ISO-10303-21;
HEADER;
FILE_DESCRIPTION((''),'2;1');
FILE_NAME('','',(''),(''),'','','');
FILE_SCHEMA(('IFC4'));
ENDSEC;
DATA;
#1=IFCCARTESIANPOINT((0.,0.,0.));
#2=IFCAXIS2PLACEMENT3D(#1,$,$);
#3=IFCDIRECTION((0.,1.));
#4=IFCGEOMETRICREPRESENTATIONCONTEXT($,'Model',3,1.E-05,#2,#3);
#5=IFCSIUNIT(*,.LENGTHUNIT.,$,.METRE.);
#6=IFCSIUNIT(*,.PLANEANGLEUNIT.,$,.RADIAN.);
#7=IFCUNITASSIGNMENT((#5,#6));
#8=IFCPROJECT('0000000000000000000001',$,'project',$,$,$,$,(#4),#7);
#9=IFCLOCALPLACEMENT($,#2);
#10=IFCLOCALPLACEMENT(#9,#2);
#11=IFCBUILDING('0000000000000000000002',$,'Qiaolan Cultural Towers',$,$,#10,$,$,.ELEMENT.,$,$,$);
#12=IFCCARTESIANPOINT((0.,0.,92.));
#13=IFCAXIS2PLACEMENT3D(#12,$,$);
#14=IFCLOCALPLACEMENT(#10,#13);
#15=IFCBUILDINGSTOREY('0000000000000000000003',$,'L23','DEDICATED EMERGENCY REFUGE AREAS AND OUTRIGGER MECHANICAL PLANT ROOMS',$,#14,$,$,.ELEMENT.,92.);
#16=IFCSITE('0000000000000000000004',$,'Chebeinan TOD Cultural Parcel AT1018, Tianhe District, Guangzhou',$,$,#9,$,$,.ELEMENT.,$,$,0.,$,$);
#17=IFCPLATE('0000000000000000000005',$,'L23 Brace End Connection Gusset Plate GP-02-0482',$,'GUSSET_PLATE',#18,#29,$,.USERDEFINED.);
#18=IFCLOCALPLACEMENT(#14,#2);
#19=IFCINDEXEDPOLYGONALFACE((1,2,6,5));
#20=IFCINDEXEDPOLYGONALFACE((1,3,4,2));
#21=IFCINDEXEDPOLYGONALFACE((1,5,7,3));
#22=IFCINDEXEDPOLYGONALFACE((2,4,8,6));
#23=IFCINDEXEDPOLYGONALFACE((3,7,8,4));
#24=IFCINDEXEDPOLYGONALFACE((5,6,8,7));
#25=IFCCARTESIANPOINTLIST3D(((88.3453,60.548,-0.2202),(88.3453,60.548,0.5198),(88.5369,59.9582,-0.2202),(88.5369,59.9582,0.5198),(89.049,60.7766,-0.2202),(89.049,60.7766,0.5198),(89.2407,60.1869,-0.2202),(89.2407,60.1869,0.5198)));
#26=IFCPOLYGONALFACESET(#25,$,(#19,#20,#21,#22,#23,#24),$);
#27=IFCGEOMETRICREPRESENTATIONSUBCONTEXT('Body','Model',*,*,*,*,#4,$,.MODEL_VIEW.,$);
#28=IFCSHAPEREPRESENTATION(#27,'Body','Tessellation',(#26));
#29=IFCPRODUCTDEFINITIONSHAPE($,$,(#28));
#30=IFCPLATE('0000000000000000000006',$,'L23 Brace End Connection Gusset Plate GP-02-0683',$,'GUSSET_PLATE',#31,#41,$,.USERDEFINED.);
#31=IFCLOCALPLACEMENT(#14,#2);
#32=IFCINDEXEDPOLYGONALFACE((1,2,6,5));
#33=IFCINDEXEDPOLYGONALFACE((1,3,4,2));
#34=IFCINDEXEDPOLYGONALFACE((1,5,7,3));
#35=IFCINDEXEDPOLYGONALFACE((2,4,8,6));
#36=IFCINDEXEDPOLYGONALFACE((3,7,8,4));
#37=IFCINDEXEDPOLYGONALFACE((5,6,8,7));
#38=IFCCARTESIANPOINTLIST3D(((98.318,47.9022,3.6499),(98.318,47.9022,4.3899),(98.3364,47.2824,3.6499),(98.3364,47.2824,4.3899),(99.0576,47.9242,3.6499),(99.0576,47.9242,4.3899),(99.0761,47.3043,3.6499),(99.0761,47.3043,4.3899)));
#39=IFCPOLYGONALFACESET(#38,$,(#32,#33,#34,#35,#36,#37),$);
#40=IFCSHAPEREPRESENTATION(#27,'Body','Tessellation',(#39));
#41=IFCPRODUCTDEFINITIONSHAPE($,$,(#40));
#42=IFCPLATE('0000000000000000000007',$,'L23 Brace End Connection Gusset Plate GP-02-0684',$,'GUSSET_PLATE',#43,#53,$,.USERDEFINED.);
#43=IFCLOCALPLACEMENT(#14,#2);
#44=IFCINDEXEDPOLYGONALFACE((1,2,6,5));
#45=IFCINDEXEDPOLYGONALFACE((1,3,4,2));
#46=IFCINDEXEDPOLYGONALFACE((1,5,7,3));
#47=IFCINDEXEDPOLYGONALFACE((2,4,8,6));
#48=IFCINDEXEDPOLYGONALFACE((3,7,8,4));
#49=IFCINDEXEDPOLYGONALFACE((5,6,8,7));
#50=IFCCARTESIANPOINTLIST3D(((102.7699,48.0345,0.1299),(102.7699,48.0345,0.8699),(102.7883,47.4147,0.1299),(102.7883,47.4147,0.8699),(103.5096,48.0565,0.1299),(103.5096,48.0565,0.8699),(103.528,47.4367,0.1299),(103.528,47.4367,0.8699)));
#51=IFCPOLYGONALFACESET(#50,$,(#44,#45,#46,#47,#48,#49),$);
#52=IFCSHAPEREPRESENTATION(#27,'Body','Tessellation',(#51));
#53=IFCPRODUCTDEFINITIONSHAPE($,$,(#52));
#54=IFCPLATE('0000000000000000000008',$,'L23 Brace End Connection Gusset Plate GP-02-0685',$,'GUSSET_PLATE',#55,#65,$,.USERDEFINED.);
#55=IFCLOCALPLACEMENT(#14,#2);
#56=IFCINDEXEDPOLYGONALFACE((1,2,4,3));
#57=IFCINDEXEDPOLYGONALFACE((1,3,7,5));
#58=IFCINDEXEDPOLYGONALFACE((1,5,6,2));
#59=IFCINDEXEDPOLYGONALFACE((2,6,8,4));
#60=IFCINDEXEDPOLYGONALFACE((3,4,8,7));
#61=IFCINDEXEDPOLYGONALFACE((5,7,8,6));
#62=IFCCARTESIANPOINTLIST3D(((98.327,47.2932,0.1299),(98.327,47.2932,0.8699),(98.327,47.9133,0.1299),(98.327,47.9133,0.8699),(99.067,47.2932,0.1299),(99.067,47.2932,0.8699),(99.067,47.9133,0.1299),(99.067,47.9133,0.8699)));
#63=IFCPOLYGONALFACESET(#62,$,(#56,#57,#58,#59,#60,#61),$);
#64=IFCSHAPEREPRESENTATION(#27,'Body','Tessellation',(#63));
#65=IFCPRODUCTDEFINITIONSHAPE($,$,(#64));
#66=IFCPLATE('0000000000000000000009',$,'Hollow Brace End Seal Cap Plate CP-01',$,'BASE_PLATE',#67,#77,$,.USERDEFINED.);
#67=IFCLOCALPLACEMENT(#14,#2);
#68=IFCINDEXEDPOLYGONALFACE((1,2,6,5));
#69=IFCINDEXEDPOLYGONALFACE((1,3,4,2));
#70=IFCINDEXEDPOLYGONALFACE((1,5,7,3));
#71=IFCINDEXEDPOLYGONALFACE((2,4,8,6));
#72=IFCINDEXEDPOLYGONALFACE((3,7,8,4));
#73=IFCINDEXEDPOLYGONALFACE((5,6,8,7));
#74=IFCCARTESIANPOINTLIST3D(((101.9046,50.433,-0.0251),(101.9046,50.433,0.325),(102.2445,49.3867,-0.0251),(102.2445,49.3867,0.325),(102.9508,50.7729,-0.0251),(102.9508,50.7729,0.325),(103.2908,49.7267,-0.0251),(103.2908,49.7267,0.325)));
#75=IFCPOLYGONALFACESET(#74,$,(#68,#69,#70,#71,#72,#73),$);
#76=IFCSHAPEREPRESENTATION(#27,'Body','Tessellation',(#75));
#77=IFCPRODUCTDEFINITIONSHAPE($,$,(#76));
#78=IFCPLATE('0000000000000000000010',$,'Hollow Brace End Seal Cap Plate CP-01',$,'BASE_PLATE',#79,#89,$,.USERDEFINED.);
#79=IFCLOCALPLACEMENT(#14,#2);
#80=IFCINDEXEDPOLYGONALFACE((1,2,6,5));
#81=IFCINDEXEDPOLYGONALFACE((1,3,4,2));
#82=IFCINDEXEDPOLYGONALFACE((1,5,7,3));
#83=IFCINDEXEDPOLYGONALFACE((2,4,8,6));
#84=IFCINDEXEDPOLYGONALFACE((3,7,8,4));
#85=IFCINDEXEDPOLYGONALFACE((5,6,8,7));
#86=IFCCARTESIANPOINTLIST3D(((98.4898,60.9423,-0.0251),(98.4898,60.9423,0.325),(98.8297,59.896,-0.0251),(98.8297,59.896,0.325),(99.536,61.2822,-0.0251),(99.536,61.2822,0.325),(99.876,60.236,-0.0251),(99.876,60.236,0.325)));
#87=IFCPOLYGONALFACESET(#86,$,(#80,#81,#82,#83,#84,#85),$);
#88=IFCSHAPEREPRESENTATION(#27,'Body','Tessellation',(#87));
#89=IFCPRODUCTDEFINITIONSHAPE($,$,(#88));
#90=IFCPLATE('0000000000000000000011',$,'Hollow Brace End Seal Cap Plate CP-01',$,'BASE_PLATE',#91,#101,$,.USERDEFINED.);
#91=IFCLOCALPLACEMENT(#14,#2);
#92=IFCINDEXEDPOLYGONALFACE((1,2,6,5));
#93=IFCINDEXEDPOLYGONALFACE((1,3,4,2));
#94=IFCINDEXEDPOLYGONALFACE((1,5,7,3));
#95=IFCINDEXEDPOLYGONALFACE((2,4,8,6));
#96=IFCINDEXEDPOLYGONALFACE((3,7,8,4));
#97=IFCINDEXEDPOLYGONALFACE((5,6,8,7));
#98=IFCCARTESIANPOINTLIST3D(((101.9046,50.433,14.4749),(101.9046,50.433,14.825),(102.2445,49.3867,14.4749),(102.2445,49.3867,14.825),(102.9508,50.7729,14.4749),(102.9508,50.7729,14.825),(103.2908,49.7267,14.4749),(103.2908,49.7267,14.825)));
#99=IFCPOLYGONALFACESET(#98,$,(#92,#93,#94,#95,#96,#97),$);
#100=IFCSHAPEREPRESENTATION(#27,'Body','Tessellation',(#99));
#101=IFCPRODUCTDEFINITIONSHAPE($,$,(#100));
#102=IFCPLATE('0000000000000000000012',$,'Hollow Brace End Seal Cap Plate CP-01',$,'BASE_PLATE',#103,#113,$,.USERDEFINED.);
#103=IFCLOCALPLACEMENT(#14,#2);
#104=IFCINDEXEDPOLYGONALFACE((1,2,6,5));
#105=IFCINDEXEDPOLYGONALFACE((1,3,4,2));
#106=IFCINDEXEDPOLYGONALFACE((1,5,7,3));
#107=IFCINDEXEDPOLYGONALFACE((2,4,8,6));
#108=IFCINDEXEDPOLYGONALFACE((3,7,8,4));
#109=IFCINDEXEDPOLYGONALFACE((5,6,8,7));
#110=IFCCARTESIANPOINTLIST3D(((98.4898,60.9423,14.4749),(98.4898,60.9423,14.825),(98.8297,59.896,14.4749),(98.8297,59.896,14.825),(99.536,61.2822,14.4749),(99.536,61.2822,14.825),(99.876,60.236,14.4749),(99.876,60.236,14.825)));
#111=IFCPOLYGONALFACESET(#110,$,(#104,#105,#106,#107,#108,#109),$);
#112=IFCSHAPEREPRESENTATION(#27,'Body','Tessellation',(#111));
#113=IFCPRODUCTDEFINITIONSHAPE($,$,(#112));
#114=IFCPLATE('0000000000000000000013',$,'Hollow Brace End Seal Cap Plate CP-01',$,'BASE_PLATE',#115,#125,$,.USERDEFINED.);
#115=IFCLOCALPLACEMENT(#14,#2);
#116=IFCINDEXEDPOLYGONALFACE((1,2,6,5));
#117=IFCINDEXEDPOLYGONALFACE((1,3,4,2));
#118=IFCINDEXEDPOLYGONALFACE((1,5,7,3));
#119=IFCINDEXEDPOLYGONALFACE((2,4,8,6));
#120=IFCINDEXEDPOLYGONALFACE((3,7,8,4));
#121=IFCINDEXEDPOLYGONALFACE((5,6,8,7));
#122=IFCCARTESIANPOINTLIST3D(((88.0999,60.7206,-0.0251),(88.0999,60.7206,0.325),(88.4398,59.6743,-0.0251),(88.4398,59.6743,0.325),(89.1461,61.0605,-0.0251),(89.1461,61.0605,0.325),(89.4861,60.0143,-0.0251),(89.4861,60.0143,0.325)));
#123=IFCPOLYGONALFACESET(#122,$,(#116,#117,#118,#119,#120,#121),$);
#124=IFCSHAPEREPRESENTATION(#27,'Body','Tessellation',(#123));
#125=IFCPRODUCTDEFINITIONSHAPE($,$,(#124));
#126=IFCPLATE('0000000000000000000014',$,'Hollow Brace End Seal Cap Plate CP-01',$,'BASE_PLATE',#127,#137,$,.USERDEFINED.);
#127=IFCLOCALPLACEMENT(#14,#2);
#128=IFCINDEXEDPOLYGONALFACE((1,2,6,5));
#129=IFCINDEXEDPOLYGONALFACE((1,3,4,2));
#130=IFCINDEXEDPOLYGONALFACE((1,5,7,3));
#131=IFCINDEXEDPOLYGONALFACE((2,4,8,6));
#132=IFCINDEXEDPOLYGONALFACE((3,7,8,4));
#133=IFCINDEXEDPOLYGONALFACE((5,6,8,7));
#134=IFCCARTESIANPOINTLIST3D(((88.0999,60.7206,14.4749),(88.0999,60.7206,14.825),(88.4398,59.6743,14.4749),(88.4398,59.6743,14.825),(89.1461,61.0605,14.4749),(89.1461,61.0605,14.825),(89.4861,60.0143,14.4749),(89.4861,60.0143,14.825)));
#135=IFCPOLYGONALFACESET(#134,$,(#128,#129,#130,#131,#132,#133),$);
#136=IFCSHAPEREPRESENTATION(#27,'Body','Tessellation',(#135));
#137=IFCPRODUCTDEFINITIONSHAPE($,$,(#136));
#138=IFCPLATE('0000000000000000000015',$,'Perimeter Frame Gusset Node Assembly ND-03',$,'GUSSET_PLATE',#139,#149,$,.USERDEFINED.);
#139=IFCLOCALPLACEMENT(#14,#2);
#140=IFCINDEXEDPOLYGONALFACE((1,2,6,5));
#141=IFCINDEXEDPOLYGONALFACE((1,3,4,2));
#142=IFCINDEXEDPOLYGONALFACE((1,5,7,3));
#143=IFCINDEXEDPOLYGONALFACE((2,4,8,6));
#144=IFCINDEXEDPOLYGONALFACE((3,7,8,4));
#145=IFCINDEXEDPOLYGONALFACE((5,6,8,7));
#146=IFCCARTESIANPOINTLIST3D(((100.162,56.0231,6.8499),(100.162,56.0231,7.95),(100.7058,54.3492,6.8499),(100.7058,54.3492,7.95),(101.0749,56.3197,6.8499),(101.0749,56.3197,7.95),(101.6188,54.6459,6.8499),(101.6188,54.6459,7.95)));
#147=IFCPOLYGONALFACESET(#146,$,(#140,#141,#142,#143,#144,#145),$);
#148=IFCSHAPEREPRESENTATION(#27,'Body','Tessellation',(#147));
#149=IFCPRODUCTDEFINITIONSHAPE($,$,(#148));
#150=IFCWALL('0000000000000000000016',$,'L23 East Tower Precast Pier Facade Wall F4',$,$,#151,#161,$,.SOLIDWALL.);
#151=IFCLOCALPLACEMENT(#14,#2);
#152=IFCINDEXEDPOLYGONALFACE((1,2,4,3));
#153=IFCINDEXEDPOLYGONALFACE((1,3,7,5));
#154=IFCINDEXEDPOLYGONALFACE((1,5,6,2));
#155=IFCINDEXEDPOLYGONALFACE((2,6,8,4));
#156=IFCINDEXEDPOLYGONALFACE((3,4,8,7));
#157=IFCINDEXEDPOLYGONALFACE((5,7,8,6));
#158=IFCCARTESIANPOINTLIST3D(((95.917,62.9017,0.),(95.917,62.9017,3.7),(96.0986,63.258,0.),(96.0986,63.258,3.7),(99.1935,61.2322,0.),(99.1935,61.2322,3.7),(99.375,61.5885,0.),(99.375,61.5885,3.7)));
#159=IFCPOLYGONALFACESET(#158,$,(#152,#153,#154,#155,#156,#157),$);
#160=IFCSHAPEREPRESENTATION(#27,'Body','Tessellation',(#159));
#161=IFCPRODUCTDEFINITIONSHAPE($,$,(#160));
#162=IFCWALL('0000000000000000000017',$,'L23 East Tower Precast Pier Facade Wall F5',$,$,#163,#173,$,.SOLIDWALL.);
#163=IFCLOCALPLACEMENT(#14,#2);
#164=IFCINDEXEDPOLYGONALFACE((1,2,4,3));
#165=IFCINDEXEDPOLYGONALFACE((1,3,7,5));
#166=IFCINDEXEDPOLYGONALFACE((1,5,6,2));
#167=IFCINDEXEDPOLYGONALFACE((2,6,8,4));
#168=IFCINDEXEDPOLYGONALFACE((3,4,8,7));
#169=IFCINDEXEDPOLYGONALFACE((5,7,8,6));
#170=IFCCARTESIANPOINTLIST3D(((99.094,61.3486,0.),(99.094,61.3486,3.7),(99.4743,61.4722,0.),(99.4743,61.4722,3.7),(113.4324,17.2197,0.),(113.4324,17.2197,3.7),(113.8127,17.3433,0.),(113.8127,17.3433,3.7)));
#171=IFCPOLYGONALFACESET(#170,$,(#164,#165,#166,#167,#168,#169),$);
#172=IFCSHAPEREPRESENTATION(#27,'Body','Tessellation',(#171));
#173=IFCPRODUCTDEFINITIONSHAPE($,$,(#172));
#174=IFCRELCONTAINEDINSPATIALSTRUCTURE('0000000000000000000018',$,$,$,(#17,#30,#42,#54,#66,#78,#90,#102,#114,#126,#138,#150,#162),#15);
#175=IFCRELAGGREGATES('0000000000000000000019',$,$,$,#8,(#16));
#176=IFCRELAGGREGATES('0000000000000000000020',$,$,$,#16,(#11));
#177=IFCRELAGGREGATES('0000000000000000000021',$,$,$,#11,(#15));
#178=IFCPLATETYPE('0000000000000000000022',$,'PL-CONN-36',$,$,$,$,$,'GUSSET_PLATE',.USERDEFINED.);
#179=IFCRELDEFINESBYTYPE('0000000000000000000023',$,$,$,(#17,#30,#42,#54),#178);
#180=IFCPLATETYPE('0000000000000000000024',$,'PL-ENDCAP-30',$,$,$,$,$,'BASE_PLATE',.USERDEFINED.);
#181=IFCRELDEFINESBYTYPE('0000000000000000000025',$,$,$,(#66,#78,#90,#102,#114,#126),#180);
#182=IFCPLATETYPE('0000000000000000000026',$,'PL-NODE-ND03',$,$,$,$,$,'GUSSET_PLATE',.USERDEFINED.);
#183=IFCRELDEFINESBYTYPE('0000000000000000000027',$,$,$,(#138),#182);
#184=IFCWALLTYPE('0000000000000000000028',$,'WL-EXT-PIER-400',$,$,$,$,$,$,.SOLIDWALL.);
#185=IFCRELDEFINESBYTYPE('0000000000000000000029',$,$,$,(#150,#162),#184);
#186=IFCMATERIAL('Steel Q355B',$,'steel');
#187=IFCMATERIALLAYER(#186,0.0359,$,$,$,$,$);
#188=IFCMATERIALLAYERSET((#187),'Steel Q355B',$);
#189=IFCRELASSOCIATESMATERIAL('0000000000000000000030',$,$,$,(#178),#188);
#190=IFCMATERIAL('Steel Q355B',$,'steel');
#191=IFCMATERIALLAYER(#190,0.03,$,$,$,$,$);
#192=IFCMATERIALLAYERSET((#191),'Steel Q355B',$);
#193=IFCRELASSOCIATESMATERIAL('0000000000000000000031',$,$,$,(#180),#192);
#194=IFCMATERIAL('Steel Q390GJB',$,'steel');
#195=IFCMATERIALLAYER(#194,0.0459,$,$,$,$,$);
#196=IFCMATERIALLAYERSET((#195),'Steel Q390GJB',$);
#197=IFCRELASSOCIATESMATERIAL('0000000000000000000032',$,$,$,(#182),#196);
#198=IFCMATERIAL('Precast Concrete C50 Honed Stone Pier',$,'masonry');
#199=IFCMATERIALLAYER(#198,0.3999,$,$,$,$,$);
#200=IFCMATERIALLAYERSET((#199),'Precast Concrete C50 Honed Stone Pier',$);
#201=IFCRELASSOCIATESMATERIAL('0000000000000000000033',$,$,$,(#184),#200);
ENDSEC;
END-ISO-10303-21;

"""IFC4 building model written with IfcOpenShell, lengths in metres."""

from ifc_helpers import new_model, si_unit, direction, frame, frame_2d, origin, origin_2d, place, context, subcontext, project, spatial, rectangle, extrude, material, layer, layer_set, type_object, element, save


model = new_model("IFC4")

# Units and contexts
model_context = context("Model", 3, precision=1e-05, world=origin(), true_north=direction((0.0, 1.0)))
body_context = subcontext(model_context, "Body", "Model", "MODEL_VIEW")
ifc_project = project(units=[si_unit("LENGTHUNIT", "METRE"), si_unit("PLANEANGLEUNIT", "RADIAN")], contexts=[model_context])

# Site, building, storey
site_placement = place(None, origin())
site = spatial("IfcSite", under=ifc_project, at=site_placement, Name="Chebeinan TOD Cultural Parcel AT1018, Tianhe District, Guangzhou", CompositionType="ELEMENT", RefElevation=0.0)
building_placement = place(site_placement, origin())
building = spatial("IfcBuilding", under=site, at=building_placement, Name="Qiaolan Cultural Towers", CompositionType="ELEMENT")
storey_placement = place(building_placement, frame((0.0, 0.0, 92.0)))
storey = spatial("IfcBuildingStorey", under=building, at=storey_placement, Name="L23", Description="DEDICATED EMERGENCY REFUGE AREAS AND OUTRIGGER MECHANICAL PLANT ROOMS", CompositionType="ELEMENT", Elevation=92.0)

# Plates
ifc_material_1 = material(Name="Steel Q355B", Category="steel")
ifc_layer_1 = layer(ifc_material_1, 0.0359)
ifc_layer_set_1 = layer_set([ifc_layer_1], Name="Steel Q355B")
plate_type_1 = type_object("IfcPlateType", Name="PL-CONN-36", ElementType="GUSSET_PLATE", PredefinedType="USERDEFINED", material=ifc_layer_set_1)
for number, where, z_axis, x_axis, name in (
    (1, (88.793, 60.3674, -0.2202), (0.0, 0.0, 1.0), (0.951057, 0.309017, 0.0), "L23 Brace End Connection Gusset Plate GP-02-0482"),
    (2, (98.697, 47.6033, 3.6499), (0.0, 0.0, 1.0), (0.999559, 0.029687, 0.0), "L23 Brace End Connection Gusset Plate GP-02-0683"),
    (3, (103.1489, 47.7356, 0.1299), (0.0, 0.0, 1.0), (0.999559, 0.029687, 0.0), "L23 Brace End Connection Gusset Plate GP-02-0684"),
    (4, (98.697, 47.6033, 0.1299), (0.0, 0.0, 1.0), (1.0, 0.0, 0.0), "L23 Brace End Connection Gusset Plate GP-02-0685"),
):
    element("IfcPlate", number, at=place(storey_placement, frame(where, z_axis=z_axis, x_axis=x_axis)), inside=storey, type_object=plate_type_1, Name=name, ObjectType="GUSSET_PLATE", PredefinedType="USERDEFINED", context=body_context, shape_type="SweptSolid", body=[
        extrude(rectangle(XDim=0.74, YDim=0.6201, at=origin_2d()), origin(), (0.0, 0.0, 1.0), 0.74),
    ])
ifc_material_2 = material(Name="Steel Q355B", Category="steel")
ifc_layer_2 = layer(ifc_material_2, 0.03)
ifc_layer_set_2 = layer_set([ifc_layer_2], Name="Steel Q355B")
plate_type_2 = type_object("IfcPlateType", Name="PL-ENDCAP-30", ElementType="BASE_PLATE", PredefinedType="USERDEFINED", material=ifc_layer_set_2)
for number, where, z_axis, x_axis, name in (
    (5, (102.5977, 50.0798, -0.0251), (0.0, 0.0, 1.0), (-0.309017, 0.951057, 0.0), "Hollow Brace End Seal Cap Plate CP-01"),
    (6, (99.1829, 60.5891, -0.0251), (0.0, 0.0, 1.0), (-0.309017, 0.951057, 0.0), "Hollow Brace End Seal Cap Plate CP-01"),
    (7, (102.5977, 50.0798, 14.4749), (0.0, 0.0, 1.0), (-0.309017, 0.951057, 0.0), "Hollow Brace End Seal Cap Plate CP-01"),
    (8, (99.1829, 60.5891, 14.4749), (0.0, 0.0, 1.0), (-0.309017, 0.951057, 0.0), "Hollow Brace End Seal Cap Plate CP-01"),
    (9, (88.793, 60.3674, -0.0251), (0.0, 0.0, 1.0), (0.951057, 0.309017, 0.0), "Hollow Brace End Seal Cap Plate CP-01"),
    (10, (88.793, 60.3674, 14.4749), (0.0, 0.0, 1.0), (0.951057, 0.309017, 0.0), "Hollow Brace End Seal Cap Plate CP-01"),
):
    element("IfcPlate", number, at=place(storey_placement, frame(where, z_axis=z_axis, x_axis=x_axis)), inside=storey, type_object=plate_type_2, Name=name, ObjectType="BASE_PLATE", PredefinedType="USERDEFINED", context=body_context, shape_type="SweptSolid", body=[
        extrude(rectangle(XDim=1.1001, YDim=1.1001, at=origin_2d()), origin(), (0.0, 0.0, 1.0), 0.3501),
    ])
ifc_material_3 = material(Name="Steel Q390GJB", Category="steel")
ifc_layer_3 = layer(ifc_material_3, 0.0459)
ifc_layer_set_3 = layer_set([ifc_layer_3], Name="Steel Q390GJB")
plate_type_3 = type_object("IfcPlateType", Name="PL-NODE-ND03", ElementType="GUSSET_PLATE", PredefinedType="USERDEFINED", material=ifc_layer_set_3)
plate_placement = place(storey_placement, frame((100.8904, 55.3345, 6.8499), z_axis=(0.0, 0.0, 1.0), x_axis=(-0.309017, 0.951057, 0.0)))
element("IfcPlate", 11, at=plate_placement, inside=storey, type_object=plate_type_3, Name="Perimeter Frame Gusset Node Assembly ND-03", ObjectType="GUSSET_PLATE", PredefinedType="USERDEFINED", context=body_context, shape_type="SweptSolid", body=[
    extrude(rectangle(XDim=1.76, YDim=0.96, at=origin_2d()), origin(), (0.0, 0.0, 1.0), 1.1001),
])

# Walls
ifc_material_4 = material(Name="Precast Concrete C50 Honed Stone Pier", Category="masonry")
ifc_layer_4 = layer(ifc_material_4, 0.3999)
ifc_layer_set_4 = layer_set([ifc_layer_4], Name="Precast Concrete C50 Honed Stone Pier")
wall_type_1 = type_object("IfcWallType", Name="WL-EXT-PIER-400", PredefinedType="SOLIDWALL", material=ifc_layer_set_4)
wall_1_placement = place(storey_placement, frame((96.0078, 63.0798, 0.0), z_axis=(0.0, 0.0, 1.0), x_axis=(0.891002, -0.453999, 0.0)))
element("IfcWall", 12, at=wall_1_placement, inside=storey, type_object=wall_type_1, Name="L23 East Tower Precast Pier Facade Wall F4", PredefinedType="SOLIDWALL", context=body_context, shape_type="SweptSolid", body=[
    extrude(rectangle(XDim=3.6772, YDim=0.3999, at=frame_2d((1.8386, 0.0))), origin(), (0.0, 0.0, 1.0), 3.7),
])
wall_2_placement = place(storey_placement, frame((99.2842, 61.4104, 0.0), z_axis=(0.0, 0.0, 1.0), x_axis=(0.309018, -0.951056, 0.0)))
element("IfcWall", 13, at=wall_2_placement, inside=storey, type_object=wall_type_1, Name="L23 East Tower Precast Pier Facade Wall F5", PredefinedType="SOLIDWALL", context=body_context, shape_type="SweptSolid", body=[
    extrude(rectangle(XDim=46.3999, YDim=0.3999, at=frame_2d((23.2, 0.0))), origin(), (0.0, 0.0, 1.0), 3.7),
])

save(model, "model.ifc")
